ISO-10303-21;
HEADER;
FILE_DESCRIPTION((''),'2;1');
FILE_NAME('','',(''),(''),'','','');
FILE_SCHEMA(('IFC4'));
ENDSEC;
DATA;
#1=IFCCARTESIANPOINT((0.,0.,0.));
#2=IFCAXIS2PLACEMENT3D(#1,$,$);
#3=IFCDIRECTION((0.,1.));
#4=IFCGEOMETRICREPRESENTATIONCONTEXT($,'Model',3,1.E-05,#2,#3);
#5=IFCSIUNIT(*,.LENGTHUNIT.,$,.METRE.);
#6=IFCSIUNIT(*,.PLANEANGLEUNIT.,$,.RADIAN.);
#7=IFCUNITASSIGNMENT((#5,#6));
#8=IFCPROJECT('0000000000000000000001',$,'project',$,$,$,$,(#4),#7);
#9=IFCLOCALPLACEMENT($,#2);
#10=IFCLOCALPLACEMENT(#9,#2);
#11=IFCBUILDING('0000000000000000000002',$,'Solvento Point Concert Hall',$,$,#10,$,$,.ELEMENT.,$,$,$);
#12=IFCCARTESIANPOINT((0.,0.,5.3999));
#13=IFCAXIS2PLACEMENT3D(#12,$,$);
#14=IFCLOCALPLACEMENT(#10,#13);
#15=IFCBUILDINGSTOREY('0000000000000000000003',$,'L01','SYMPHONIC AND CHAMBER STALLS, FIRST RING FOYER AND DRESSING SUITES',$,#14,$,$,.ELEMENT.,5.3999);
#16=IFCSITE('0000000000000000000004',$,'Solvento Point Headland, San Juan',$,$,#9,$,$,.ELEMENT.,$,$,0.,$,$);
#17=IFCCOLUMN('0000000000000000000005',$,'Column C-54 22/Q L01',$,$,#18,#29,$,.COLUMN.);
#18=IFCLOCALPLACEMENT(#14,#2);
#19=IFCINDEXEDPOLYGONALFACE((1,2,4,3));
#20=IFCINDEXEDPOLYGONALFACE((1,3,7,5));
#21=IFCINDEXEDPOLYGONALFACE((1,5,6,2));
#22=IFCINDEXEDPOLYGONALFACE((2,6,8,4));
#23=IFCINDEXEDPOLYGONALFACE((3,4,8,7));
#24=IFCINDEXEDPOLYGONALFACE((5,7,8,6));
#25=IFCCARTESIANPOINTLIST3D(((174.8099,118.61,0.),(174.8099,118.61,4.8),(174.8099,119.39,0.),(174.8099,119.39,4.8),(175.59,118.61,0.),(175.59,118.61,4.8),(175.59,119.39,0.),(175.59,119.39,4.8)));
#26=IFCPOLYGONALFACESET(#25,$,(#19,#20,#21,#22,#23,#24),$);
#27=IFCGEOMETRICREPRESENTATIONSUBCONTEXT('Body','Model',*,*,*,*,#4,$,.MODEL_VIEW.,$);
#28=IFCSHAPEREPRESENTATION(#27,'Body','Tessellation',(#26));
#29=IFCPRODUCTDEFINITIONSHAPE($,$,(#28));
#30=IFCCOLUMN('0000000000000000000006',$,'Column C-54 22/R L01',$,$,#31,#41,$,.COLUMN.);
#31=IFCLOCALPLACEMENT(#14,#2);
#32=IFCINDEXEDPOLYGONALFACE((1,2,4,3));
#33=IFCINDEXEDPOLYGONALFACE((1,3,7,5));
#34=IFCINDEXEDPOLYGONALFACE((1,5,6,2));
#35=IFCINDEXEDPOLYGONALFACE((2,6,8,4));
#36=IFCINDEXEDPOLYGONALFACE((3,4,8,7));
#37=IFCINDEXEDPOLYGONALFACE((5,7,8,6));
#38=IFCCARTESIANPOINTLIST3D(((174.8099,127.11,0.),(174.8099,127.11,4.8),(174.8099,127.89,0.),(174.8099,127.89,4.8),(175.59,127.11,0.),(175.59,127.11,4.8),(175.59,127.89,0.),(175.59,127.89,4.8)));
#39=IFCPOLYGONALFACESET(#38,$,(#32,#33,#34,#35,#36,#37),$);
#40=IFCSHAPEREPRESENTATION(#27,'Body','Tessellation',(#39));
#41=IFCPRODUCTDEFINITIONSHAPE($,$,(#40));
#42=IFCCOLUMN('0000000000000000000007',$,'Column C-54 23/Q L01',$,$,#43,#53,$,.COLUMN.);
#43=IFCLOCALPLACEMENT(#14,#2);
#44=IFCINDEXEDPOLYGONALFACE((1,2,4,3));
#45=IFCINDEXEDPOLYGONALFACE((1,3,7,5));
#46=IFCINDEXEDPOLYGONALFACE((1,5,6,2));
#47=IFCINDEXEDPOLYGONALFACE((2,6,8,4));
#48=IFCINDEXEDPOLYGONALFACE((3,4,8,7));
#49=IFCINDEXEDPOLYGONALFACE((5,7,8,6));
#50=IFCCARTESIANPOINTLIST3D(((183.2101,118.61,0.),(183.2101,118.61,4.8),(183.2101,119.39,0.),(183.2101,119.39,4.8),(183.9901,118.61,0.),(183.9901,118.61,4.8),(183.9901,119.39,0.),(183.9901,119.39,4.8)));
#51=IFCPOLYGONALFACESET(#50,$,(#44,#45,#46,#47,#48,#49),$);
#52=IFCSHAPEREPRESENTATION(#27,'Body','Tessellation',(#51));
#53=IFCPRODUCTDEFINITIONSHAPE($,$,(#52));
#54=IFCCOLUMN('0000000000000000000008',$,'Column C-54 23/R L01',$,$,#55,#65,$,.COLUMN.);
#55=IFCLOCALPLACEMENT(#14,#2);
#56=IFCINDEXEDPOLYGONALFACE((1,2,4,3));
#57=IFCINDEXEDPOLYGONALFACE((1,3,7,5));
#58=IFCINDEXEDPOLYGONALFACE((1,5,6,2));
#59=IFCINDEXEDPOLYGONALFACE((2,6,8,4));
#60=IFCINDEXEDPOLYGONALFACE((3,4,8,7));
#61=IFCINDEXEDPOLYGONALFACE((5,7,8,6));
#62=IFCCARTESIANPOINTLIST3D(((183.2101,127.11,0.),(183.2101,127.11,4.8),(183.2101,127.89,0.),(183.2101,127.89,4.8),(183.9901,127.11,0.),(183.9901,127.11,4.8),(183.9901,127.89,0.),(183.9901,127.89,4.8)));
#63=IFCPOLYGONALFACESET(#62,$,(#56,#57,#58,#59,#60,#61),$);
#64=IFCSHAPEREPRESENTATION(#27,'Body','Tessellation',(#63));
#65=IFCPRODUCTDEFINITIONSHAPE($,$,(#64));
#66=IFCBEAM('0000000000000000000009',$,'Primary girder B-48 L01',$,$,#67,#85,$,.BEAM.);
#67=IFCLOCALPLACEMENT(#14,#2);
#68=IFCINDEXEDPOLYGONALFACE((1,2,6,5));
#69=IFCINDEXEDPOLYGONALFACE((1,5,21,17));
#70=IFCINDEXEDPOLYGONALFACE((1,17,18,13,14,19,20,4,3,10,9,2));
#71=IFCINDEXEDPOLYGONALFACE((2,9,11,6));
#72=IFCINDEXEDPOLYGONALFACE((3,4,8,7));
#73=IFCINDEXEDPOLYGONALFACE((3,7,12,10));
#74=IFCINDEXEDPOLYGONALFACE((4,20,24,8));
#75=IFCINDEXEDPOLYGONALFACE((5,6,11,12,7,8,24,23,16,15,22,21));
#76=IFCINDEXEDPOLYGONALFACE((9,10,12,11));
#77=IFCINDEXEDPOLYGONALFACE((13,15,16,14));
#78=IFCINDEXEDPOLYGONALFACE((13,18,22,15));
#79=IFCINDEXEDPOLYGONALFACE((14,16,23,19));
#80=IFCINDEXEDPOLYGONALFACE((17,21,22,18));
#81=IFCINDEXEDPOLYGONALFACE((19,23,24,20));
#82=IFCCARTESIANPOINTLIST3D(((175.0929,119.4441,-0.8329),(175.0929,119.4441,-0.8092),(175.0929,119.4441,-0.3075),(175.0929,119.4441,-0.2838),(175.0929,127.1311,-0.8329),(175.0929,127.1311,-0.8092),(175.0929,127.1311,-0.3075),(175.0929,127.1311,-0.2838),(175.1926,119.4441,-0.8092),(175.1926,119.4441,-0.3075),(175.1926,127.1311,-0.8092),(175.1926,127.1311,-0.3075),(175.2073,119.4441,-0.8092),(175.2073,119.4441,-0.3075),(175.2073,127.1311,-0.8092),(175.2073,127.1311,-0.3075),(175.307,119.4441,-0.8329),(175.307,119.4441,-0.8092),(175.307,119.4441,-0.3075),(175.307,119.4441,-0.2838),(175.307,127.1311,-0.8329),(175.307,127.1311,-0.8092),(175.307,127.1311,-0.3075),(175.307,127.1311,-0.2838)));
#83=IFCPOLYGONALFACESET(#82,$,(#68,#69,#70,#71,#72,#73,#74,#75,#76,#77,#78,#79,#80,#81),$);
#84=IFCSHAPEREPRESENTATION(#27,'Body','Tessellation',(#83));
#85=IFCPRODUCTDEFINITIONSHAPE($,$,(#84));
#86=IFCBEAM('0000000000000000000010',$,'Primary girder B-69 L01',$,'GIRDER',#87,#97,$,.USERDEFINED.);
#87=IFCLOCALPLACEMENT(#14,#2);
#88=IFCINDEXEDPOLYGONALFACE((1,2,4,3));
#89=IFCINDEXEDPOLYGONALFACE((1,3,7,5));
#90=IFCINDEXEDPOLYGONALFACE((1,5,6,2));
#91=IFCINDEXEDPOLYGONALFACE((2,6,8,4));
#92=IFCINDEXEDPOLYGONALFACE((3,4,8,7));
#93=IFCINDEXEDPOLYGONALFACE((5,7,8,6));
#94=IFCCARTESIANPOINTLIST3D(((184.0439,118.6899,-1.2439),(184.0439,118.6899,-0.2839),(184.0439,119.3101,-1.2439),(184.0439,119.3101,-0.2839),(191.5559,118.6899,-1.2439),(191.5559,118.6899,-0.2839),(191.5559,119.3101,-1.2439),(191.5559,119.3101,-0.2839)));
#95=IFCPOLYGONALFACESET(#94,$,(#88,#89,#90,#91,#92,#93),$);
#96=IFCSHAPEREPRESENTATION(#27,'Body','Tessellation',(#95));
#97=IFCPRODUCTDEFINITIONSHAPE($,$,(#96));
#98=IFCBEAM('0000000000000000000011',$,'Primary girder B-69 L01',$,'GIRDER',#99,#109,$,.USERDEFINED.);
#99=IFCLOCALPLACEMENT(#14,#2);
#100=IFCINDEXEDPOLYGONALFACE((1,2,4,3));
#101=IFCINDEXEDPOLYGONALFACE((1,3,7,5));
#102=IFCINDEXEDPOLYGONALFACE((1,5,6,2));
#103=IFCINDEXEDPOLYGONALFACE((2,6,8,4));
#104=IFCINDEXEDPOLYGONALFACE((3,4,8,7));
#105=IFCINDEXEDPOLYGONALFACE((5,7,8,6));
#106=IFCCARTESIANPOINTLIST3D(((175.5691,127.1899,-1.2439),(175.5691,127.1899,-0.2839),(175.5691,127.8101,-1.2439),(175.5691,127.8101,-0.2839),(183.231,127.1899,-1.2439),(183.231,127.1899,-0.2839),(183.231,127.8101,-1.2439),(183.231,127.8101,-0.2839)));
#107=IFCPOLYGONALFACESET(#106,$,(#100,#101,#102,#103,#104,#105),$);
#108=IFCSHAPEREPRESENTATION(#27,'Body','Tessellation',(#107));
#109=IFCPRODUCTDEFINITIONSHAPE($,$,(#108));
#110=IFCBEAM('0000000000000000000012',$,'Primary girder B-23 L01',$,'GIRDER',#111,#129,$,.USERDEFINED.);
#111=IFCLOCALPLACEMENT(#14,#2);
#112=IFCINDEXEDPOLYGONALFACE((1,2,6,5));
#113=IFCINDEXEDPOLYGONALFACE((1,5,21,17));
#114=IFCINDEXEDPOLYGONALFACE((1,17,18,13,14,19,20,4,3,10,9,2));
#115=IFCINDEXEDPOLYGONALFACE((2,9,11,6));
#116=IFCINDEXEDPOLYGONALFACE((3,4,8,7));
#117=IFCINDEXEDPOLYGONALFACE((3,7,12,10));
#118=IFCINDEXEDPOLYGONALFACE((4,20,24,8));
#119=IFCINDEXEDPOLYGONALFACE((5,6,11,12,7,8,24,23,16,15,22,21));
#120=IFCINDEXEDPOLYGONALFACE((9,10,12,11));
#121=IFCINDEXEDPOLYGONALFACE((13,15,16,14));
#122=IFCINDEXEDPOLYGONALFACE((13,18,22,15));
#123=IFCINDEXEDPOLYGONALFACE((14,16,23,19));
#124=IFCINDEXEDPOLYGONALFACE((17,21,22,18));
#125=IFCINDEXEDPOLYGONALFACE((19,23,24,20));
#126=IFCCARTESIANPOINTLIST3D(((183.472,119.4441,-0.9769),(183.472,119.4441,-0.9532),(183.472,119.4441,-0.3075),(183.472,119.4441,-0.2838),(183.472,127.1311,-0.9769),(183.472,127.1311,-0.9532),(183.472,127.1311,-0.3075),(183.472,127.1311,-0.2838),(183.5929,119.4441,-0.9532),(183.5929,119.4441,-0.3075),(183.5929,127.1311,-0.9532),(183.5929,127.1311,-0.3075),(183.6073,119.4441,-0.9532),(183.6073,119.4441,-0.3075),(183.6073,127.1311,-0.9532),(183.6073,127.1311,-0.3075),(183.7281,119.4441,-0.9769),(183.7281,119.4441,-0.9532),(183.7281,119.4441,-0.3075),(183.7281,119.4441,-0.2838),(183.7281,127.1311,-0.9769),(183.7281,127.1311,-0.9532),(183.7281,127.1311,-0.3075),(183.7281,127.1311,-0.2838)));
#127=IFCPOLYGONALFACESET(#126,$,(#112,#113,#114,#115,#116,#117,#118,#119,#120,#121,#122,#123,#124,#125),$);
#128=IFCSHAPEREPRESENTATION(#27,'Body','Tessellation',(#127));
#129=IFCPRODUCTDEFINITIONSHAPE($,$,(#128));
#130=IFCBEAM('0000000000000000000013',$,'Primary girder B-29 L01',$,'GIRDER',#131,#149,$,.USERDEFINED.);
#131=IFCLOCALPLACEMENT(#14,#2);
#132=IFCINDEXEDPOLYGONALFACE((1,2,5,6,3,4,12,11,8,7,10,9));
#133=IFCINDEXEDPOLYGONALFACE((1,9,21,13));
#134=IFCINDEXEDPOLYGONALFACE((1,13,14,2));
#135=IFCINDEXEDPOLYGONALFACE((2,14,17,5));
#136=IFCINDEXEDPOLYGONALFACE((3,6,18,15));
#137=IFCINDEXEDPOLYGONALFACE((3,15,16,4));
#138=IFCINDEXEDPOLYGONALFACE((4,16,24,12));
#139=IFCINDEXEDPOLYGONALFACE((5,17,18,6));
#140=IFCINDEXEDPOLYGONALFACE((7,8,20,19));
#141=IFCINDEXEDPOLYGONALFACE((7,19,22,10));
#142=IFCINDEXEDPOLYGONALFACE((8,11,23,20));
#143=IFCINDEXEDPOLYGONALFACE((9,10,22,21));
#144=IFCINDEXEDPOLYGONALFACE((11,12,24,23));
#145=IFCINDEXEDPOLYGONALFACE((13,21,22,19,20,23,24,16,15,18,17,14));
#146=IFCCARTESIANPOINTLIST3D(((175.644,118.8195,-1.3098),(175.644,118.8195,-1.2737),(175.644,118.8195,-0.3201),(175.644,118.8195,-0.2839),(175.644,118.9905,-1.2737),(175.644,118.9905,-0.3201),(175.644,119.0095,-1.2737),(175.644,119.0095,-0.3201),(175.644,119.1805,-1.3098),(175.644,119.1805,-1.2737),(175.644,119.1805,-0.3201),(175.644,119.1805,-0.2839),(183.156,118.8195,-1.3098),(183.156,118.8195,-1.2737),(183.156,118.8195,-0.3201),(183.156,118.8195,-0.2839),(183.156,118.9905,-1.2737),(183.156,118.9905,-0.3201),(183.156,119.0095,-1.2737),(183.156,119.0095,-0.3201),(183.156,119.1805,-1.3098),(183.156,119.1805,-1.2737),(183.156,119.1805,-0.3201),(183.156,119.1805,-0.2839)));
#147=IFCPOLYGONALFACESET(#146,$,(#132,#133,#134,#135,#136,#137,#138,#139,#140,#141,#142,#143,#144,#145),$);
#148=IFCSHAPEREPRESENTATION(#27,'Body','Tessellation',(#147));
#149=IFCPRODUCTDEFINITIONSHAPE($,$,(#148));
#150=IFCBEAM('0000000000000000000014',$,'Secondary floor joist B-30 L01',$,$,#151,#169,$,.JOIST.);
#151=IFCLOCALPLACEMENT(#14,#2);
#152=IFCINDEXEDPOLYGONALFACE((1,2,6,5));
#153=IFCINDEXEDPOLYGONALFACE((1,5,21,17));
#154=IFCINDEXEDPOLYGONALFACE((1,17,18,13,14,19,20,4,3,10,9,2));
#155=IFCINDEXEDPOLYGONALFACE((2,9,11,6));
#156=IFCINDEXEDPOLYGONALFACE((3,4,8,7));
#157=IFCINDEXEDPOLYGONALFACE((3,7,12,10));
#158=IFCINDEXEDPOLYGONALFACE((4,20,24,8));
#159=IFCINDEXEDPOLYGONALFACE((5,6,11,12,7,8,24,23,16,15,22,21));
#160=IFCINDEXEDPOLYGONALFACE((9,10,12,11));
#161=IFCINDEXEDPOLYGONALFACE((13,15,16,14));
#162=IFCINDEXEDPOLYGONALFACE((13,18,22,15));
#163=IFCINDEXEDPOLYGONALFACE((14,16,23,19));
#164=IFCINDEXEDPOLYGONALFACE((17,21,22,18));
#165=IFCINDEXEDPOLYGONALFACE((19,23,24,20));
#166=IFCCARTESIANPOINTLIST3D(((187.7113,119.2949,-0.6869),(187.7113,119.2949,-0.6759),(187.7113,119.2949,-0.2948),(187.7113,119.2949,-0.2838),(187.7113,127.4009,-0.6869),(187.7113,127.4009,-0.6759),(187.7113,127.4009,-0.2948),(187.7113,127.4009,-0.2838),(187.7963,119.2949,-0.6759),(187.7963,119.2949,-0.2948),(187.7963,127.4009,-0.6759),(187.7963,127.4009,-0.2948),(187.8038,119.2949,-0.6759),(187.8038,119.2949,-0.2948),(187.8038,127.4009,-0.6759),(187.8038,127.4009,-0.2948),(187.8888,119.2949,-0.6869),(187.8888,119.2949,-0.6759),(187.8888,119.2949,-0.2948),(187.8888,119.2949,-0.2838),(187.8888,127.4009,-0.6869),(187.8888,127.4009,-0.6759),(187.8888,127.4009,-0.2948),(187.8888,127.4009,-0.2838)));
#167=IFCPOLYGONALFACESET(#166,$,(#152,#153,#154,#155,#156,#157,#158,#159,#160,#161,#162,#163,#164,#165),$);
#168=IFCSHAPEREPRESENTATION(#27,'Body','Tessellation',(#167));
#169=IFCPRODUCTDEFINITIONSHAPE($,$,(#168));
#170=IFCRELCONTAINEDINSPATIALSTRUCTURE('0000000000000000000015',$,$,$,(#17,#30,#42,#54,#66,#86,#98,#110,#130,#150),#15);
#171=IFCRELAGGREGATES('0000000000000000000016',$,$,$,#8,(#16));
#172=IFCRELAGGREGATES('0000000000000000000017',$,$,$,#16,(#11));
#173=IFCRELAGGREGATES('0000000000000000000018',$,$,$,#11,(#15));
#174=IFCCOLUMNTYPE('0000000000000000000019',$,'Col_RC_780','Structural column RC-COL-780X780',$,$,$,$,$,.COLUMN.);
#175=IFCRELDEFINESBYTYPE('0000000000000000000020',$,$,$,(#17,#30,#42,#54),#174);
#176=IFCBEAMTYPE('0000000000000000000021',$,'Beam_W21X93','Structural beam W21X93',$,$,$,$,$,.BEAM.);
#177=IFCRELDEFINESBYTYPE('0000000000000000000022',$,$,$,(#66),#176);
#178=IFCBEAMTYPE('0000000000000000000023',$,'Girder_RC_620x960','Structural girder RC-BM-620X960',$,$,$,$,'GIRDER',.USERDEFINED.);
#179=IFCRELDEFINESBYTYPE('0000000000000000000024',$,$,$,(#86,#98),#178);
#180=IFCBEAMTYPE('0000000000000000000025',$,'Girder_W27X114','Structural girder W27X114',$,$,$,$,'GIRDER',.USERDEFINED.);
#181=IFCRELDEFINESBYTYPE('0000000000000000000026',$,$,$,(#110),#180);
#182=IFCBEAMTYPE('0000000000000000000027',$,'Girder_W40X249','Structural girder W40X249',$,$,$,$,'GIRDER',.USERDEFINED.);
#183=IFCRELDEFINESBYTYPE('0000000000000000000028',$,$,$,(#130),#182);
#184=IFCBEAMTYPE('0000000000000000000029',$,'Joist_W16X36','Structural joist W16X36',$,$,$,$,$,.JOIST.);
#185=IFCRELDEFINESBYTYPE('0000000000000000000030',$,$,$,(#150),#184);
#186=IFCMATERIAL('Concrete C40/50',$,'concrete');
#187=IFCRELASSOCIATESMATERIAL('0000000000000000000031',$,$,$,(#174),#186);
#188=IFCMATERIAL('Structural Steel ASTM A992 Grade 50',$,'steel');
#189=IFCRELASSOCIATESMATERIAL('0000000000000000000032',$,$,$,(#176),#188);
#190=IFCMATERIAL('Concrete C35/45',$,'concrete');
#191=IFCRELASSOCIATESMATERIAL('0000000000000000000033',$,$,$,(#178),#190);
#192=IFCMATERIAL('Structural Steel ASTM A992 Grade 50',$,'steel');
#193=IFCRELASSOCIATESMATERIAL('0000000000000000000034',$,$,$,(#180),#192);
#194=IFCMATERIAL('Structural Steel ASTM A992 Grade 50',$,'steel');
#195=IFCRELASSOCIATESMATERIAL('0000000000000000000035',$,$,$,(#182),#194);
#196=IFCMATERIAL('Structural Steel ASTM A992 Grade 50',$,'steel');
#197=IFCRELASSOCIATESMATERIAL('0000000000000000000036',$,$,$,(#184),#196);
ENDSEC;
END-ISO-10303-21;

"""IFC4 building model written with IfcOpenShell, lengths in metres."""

from ifc_helpers import new_model, si_unit, direction, frame, origin, origin_2d, place, context, subcontext, project, spatial, rectangle, i_section, extrude, material, material_profile, profile_set, type_object, element, save


model = new_model("IFC4")

# Units and contexts
model_context = context("Model", 3, precision=1e-05, world=origin(), true_north=direction((0.0, 1.0)))
body_context = subcontext(model_context, "Body", "Model", "MODEL_VIEW")
ifc_project = project(units=[si_unit("LENGTHUNIT", "METRE"), si_unit("PLANEANGLEUNIT", "RADIAN")], contexts=[model_context])

# Site, building, storey
site_placement = place(None, origin())
site = spatial("IfcSite", under=ifc_project, at=site_placement, Name="Solvento Point Headland, San Juan", CompositionType="ELEMENT", RefElevation=0.0)
building_placement = place(site_placement, origin())
building = spatial("IfcBuilding", under=site, at=building_placement, Name="Solvento Point Concert Hall", CompositionType="ELEMENT")
storey_placement = place(building_placement, frame((0.0, 0.0, 5.3999)))
storey = spatial("IfcBuildingStorey", under=building, at=storey_placement, Name="L01", Description="SYMPHONIC AND CHAMBER STALLS, FIRST RING FOYER AND DRESSING SUITES", CompositionType="ELEMENT", Elevation=5.3999)

# Columns
ifc_material_1 = material(Name="Concrete C40/50", Category="concrete")
ifc_material_profile_1 = material_profile(ifc_material_1, rectangle(XDim=0.78, YDim=0.78, at=origin_2d()), Name="RC-COL-780X780")
ifc_profile_set_1 = profile_set([ifc_material_profile_1], Name="Concrete C40/50")
column_type = type_object("IfcColumnType", Name="Col_RC_780", Description="Structural column RC-COL-780X780", PredefinedType="COLUMN", material=ifc_profile_set_1)
for number, where, z_axis, x_axis, name in (
    (1, (175.2, 119.0, 0.0), (0.0, 0.0, 1.0), (1.0, 0.0, 0.0), "Column C-54 22/Q L01"),
    (2, (175.2, 127.5, 0.0), (0.0, 0.0, 1.0), (1.0, 0.0, 0.0), "Column C-54 22/R L01"),
    (3, (183.6001, 119.0, 0.0), (0.0, 0.0, 1.0), (1.0, 0.0, 0.0), "Column C-54 23/Q L01"),
    (4, (183.6001, 127.5, 0.0), (0.0, 0.0, 1.0), (1.0, 0.0, 0.0), "Column C-54 23/R L01"),
):
    element("IfcColumn", number, at=place(storey_placement, frame(where, z_axis=z_axis, x_axis=x_axis)), inside=storey, type_object=column_type, Name=name, PredefinedType="COLUMN", context=body_context, shape_type="SweptSolid", body=[
        extrude(rectangle(XDim=0.78, YDim=0.78, at=origin_2d()), origin(), (0.0, 0.0, 1.0), 4.8),
    ])

# Beams
ifc_material_2 = material(Name="Structural Steel ASTM A992 Grade 50", Category="steel")
ifc_material_profile_2 = material_profile(ifc_material_2, i_section(OverallWidth=0.2141, OverallDepth=0.5491, WebThickness=0.0146, FlangeThickness=0.0237, at=origin_2d()), Name="W21X93")
ifc_profile_set_2 = profile_set([ifc_material_profile_2], Name="Structural Steel ASTM A992 Grade 50")
beam_type_1 = type_object("IfcBeamType", Name="Beam_W21X93", Description="Structural beam W21X93", PredefinedType="BEAM", material=ifc_profile_set_2)
beam_1_placement = place(storey_placement, frame((175.2, 119.4441, -0.5583), z_axis=(0.0, 1.0, 0.0), x_axis=(-1.0, 0.0, 0.0)))
element("IfcBeam", 5, at=beam_1_placement, inside=storey, type_object=beam_type_1, Name="Primary girder B-48 L01", PredefinedType="BEAM", context=body_context, shape_type="SweptSolid", body=[
    extrude(i_section(OverallWidth=0.2141, OverallDepth=0.5491, WebThickness=0.0146, FlangeThickness=0.0237, at=origin_2d()), origin(), (0.0, 0.0, 1.0), 7.687),
])
ifc_material_3 = material(Name="Concrete C35/45", Category="concrete")
ifc_material_profile_3 = material_profile(ifc_material_3, rectangle(XDim=0.6201, YDim=0.96, at=origin_2d()), Name="RC-BM-620X960")
ifc_profile_set_3 = profile_set([ifc_material_profile_3], Name="Concrete C35/45")
beam_type_2 = type_object("IfcBeamType", Name="Girder_RC_620x960", Description="Structural girder RC-BM-620X960", ElementType="GIRDER", PredefinedType="USERDEFINED", material=ifc_profile_set_3)
beam_2_placement = place(storey_placement, frame((184.0439, 119.0, -0.7639), z_axis=(1.0, 0.0, 0.0), x_axis=(0.0, 1.0, 0.0)))
element("IfcBeam", 6, at=beam_2_placement, inside=storey, type_object=beam_type_2, Name="Primary girder B-69 L01", ObjectType="GIRDER", PredefinedType="USERDEFINED", context=body_context, shape_type="SweptSolid", body=[
    extrude(rectangle(XDim=0.6201, YDim=0.96, at=origin_2d()), origin(), (0.0, 0.0, 1.0), 7.512),
])
beam_3_placement = place(storey_placement, frame((175.5691, 127.5, -0.7639), z_axis=(1.0, 0.0, 0.0), x_axis=(0.0, 1.0, 0.0)))
element("IfcBeam", 7, at=beam_3_placement, inside=storey, type_object=beam_type_2, Name="Primary girder B-69 L01", ObjectType="GIRDER", PredefinedType="USERDEFINED", context=body_context, shape_type="SweptSolid", body=[
    extrude(rectangle(XDim=0.6201, YDim=0.96, at=origin_2d()), origin(), (0.0, 0.0, 1.0), 7.6619),
])
ifc_material_4 = material(Name="Structural Steel ASTM A992 Grade 50", Category="steel")
ifc_material_profile_4 = material_profile(ifc_material_4, i_section(OverallWidth=0.2561, OverallDepth=0.6931, WebThickness=0.0144, FlangeThickness=0.0237, at=origin_2d()), Name="W27X114")
ifc_profile_set_4 = profile_set([ifc_material_profile_4], Name="Structural Steel ASTM A992 Grade 50")
beam_type_3 = type_object("IfcBeamType", Name="Girder_W27X114", Description="Structural girder W27X114", ElementType="GIRDER", PredefinedType="USERDEFINED", material=ifc_profile_set_4)
beam_4_placement = place(storey_placement, frame((183.6001, 119.4441, -0.6304), z_axis=(0.0, 1.0, 0.0), x_axis=(-1.0, 0.0, 0.0)))
element("IfcBeam", 8, at=beam_4_placement, inside=storey, type_object=beam_type_3, Name="Primary girder B-23 L01", ObjectType="GIRDER", PredefinedType="USERDEFINED", context=body_context, shape_type="SweptSolid", body=[
    extrude(i_section(OverallWidth=0.2561, OverallDepth=0.6931, WebThickness=0.0144, FlangeThickness=0.0237, at=origin_2d()), origin(), (0.0, 0.0, 1.0), 7.687),
])
ifc_material_5 = material(Name="Structural Steel ASTM A992 Grade 50", Category="steel")
ifc_material_profile_5 = material_profile(ifc_material_5, i_section(OverallWidth=0.3611, OverallDepth=1.0259, WebThickness=0.019, FlangeThickness=0.0361, at=origin_2d()), Name="W40X249")
ifc_profile_set_5 = profile_set([ifc_material_profile_5], Name="Structural Steel ASTM A992 Grade 50")
beam_type_4 = type_object("IfcBeamType", Name="Girder_W40X249", Description="Structural girder W40X249", ElementType="GIRDER", PredefinedType="USERDEFINED", material=ifc_profile_set_5)
beam_5_placement = place(storey_placement, frame((175.644, 119.0, -0.7969), z_axis=(1.0, 0.0, 0.0), x_axis=(0.0, 1.0, 0.0)))
element("IfcBeam", 9, at=beam_5_placement, inside=storey, type_object=beam_type_4, Name="Primary girder B-29 L01", ObjectType="GIRDER", PredefinedType="USERDEFINED", context=body_context, shape_type="SweptSolid", body=[
    extrude(i_section(OverallWidth=0.3611, OverallDepth=1.0259, WebThickness=0.019, FlangeThickness=0.0361, at=origin_2d()), origin(), (0.0, 0.0, 1.0), 7.512),
])
ifc_material_6 = material(Name="Structural Steel ASTM A992 Grade 50", Category="steel")
ifc_material_profile_6 = material_profile(ifc_material_6, i_section(OverallWidth=0.1775, OverallDepth=0.4031, WebThickness=0.0076, FlangeThickness=0.011, at=origin_2d()), Name="W16X36")
ifc_profile_set_6 = profile_set([ifc_material_profile_6], Name="Structural Steel ASTM A992 Grade 50")
beam_type_5 = type_object("IfcBeamType", Name="Joist_W16X36", Description="Structural joist W16X36", PredefinedType="JOIST", material=ifc_profile_set_6)
beam_6_placement = place(storey_placement, frame((187.8, 119.2949, -0.4854), z_axis=(0.0, 1.0, 0.0), x_axis=(-1.0, 0.0, 0.0)))
element("IfcBeam", 10, at=beam_6_placement, inside=storey, type_object=beam_type_5, Name="Secondary floor joist B-30 L01", PredefinedType="JOIST", context=body_context, shape_type="SweptSolid", body=[
    extrude(i_section(OverallWidth=0.1775, OverallDepth=0.4031, WebThickness=0.0076, FlangeThickness=0.011, at=origin_2d()), origin(), (0.0, 0.0, 1.0), 8.106),
])

save(model, "model.ifc")
